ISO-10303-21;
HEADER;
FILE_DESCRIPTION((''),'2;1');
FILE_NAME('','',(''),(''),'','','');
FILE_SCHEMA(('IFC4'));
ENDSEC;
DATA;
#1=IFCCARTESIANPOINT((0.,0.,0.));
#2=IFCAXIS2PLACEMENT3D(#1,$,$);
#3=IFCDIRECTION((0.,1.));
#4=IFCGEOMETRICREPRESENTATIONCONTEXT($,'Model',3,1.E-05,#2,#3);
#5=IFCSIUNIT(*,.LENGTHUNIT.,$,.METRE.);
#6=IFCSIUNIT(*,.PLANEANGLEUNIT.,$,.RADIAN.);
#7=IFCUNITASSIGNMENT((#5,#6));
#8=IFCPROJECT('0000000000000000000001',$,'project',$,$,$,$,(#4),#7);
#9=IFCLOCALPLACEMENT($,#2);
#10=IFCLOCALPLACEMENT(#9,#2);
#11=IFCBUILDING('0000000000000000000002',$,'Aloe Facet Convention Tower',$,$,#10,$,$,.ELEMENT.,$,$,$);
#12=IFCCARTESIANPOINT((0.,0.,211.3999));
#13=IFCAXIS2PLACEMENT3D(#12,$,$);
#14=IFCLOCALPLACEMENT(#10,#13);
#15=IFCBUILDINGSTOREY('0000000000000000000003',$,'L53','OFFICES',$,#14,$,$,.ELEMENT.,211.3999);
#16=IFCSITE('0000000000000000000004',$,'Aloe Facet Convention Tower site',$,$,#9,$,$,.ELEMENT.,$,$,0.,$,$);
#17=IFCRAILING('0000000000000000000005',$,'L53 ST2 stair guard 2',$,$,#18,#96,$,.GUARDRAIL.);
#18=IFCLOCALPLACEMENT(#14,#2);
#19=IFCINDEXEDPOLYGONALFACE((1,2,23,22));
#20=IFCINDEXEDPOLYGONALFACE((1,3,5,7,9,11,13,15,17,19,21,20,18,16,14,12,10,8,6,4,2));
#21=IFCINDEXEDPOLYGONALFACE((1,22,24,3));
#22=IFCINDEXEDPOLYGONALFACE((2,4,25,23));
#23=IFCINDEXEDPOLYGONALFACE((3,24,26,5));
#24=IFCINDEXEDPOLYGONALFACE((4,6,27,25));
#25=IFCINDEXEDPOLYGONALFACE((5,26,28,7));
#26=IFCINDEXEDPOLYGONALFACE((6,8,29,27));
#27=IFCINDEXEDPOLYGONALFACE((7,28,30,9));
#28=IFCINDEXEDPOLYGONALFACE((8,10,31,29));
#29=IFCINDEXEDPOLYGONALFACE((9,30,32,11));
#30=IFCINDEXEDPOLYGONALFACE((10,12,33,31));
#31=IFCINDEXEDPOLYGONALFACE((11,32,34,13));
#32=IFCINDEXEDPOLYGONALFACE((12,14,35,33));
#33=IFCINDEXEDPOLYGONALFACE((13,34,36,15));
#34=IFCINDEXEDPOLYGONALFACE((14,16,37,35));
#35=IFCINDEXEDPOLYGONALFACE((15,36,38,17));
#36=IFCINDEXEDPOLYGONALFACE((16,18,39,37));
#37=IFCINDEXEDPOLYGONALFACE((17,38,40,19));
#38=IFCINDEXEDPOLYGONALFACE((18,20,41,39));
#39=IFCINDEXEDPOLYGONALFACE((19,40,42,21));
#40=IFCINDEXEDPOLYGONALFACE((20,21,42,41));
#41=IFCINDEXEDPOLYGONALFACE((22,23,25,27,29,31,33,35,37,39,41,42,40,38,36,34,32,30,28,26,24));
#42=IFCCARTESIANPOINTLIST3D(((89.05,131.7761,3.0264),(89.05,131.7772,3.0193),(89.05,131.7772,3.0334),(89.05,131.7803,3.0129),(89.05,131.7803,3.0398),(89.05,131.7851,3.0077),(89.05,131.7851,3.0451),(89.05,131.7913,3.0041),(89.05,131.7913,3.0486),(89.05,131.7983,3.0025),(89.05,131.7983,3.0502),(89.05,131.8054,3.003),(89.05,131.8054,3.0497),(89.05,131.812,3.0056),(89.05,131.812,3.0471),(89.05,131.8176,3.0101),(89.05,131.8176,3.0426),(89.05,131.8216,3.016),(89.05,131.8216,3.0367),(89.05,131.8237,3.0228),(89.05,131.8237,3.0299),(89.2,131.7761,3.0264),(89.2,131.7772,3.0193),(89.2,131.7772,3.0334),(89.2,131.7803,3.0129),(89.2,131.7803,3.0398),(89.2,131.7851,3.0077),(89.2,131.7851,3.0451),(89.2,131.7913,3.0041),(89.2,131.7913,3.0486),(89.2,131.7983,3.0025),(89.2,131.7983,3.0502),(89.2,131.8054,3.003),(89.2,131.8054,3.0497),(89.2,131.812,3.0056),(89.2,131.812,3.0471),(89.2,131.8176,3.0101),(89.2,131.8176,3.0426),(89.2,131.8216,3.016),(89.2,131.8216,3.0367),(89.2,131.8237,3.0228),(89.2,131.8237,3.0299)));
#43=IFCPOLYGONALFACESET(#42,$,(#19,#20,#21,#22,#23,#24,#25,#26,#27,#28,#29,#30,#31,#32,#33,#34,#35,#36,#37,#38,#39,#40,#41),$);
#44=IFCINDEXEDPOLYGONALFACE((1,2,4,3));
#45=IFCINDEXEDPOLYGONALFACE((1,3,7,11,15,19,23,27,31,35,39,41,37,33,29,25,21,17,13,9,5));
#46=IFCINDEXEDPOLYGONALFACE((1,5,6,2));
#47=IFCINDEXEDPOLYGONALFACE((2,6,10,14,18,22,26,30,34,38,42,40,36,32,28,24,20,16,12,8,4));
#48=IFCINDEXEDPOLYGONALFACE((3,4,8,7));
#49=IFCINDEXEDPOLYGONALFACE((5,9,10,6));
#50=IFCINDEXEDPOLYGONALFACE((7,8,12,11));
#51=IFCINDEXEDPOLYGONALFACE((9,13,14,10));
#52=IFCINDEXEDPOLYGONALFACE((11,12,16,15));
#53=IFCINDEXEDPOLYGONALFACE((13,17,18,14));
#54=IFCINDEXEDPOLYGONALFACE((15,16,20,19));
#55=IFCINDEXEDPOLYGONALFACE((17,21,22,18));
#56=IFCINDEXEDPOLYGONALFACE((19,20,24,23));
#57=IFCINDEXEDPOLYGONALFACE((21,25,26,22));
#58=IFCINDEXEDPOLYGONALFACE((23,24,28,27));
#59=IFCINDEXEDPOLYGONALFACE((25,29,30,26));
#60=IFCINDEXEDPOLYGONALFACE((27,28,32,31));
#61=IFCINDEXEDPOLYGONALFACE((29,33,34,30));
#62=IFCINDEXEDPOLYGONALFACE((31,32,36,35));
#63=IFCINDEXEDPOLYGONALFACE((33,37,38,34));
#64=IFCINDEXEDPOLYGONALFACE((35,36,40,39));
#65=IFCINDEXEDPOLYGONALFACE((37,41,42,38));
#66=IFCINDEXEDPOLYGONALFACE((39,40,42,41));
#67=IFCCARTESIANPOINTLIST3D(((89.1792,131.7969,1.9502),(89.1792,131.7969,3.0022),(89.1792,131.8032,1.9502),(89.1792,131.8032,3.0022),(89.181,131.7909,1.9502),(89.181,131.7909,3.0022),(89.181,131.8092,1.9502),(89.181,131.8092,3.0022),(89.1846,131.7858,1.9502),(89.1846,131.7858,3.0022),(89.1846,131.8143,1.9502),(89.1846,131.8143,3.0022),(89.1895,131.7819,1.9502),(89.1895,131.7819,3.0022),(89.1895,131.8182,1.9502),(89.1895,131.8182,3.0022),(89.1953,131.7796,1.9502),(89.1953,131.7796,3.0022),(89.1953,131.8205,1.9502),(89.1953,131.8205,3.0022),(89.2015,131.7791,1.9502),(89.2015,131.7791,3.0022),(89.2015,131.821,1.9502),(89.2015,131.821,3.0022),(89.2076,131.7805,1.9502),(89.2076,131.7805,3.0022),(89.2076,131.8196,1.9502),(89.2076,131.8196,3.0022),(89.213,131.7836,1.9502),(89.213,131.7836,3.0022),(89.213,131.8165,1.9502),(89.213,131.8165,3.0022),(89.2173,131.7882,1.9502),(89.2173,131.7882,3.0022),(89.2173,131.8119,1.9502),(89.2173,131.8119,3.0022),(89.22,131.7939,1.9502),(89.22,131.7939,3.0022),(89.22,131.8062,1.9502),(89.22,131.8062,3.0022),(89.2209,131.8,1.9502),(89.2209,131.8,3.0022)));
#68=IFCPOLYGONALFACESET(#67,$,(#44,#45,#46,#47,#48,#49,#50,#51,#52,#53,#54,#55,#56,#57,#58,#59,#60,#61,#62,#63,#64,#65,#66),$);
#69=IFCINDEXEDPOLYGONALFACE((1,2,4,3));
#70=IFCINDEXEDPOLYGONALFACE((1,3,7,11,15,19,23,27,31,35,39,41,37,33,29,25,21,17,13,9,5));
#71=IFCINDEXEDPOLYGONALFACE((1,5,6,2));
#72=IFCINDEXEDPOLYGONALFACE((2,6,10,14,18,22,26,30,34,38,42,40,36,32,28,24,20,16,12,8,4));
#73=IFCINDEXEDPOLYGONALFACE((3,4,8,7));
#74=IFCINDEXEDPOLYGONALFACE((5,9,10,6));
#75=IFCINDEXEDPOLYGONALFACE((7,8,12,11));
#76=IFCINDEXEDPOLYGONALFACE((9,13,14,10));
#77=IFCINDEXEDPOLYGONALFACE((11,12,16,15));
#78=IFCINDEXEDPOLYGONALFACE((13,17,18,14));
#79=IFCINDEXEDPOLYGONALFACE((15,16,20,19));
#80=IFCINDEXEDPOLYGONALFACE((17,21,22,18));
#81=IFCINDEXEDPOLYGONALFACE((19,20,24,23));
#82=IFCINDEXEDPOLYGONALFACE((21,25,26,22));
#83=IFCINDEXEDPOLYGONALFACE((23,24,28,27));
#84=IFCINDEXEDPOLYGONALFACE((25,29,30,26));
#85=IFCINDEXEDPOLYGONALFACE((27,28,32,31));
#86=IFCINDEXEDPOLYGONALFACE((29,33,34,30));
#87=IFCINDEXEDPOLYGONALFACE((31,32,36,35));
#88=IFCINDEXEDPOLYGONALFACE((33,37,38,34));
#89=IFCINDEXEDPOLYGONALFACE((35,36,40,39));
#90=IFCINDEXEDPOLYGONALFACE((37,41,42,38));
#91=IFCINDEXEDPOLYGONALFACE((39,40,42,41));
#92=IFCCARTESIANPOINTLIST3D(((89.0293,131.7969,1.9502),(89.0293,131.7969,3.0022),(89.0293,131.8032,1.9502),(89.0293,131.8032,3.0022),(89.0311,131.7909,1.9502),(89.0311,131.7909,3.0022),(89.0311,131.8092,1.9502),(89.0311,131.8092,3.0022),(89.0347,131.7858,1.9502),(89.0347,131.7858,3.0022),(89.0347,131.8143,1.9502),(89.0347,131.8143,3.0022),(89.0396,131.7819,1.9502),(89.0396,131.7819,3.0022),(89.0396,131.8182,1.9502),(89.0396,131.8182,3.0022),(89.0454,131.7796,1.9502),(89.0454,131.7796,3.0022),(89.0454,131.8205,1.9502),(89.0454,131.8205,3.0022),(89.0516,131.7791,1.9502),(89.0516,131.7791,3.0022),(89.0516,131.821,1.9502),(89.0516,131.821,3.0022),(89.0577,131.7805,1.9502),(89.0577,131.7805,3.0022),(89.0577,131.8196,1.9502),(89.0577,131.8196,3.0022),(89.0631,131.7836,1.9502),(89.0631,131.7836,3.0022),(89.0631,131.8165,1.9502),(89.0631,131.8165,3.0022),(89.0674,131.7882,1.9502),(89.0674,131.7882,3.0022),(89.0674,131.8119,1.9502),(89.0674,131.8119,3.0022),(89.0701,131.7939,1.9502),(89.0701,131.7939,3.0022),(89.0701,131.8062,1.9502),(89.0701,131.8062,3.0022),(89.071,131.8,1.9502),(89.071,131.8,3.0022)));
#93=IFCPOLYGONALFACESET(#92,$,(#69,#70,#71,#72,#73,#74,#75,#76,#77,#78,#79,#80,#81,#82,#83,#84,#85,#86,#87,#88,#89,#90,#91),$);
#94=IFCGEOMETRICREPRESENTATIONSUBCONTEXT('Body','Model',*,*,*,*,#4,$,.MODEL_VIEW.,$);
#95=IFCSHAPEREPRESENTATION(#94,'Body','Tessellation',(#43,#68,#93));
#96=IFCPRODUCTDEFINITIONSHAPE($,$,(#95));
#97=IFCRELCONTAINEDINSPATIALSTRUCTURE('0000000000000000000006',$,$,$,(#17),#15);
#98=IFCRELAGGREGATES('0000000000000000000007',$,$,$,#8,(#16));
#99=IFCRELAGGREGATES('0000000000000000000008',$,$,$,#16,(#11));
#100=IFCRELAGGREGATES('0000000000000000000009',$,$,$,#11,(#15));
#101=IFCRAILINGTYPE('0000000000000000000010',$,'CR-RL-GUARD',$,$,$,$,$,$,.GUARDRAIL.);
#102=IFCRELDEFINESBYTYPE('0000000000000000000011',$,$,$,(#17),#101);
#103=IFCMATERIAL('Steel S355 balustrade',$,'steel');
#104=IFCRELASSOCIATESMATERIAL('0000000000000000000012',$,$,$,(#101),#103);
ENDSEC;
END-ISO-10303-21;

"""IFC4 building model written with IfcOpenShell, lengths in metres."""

from ifc_helpers import new_model, si_unit, direction, frame, origin, origin_2d, place, context, subcontext, project, spatial, circle, extrude, material, type_object, element, save


model = new_model("IFC4")

# Units and contexts
model_context = context("Model", 3, precision=1e-05, world=origin(), true_north=direction((0.0, 1.0)))
body_context = subcontext(model_context, "Body", "Model", "MODEL_VIEW")
ifc_project = project(units=[si_unit("LENGTHUNIT", "METRE"), si_unit("PLANEANGLEUNIT", "RADIAN")], contexts=[model_context])

# Site, building, storey
site_placement = place(None, origin())
site = spatial("IfcSite", under=ifc_project, at=site_placement, Name="Aloe Facet Convention Tower site", CompositionType="ELEMENT", RefElevation=0.0)
building_placement = place(site_placement, origin())
building = spatial("IfcBuilding", under=site, at=building_placement, Name="Aloe Facet Convention Tower", CompositionType="ELEMENT")
storey_placement = place(building_placement, frame((0.0, 0.0, 211.3999)))
storey = spatial("IfcBuildingStorey", under=building, at=storey_placement, Name="L53", Description="OFFICES", CompositionType="ELEMENT", Elevation=211.3999)

# Railing
ifc_material_1 = material(Name="Steel S355 balustrade", Category="steel")
railing_type_1 = type_object("IfcRailingType", Name="CR-RL-GUARD", PredefinedType="GUARDRAIL", material=ifc_material_1)
railing_1_placement = place(storey_placement, frame((89.2, 131.8, 1.9502)))
element("IfcRailing", 1, at=railing_1_placement, inside=storey, type_object=railing_type_1, Name="L53 ST2 stair guard 2", PredefinedType="GUARDRAIL", context=body_context, shape_type="SweptSolid", body=[
    extrude(circle(Radius=0.0239, at=origin_2d()), frame((0.0, 0.0, 1.0762), z_axis=(-1.0, 0.0, 0.0), x_axis=(0.0, -1.0, 0.0)), (0.0, 0.0, 1.0), 0.1499),
    extrude(circle(Radius=0.021, at=origin_2d()), origin(), (0.0, 0.0, 1.0), 1.052),
    extrude(circle(Radius=0.021, at=origin_2d()), frame((-0.1499, 0.0, 0.0)), (0.0, 0.0, 1.0), 1.052),
])

save(model, "model.ifc")
